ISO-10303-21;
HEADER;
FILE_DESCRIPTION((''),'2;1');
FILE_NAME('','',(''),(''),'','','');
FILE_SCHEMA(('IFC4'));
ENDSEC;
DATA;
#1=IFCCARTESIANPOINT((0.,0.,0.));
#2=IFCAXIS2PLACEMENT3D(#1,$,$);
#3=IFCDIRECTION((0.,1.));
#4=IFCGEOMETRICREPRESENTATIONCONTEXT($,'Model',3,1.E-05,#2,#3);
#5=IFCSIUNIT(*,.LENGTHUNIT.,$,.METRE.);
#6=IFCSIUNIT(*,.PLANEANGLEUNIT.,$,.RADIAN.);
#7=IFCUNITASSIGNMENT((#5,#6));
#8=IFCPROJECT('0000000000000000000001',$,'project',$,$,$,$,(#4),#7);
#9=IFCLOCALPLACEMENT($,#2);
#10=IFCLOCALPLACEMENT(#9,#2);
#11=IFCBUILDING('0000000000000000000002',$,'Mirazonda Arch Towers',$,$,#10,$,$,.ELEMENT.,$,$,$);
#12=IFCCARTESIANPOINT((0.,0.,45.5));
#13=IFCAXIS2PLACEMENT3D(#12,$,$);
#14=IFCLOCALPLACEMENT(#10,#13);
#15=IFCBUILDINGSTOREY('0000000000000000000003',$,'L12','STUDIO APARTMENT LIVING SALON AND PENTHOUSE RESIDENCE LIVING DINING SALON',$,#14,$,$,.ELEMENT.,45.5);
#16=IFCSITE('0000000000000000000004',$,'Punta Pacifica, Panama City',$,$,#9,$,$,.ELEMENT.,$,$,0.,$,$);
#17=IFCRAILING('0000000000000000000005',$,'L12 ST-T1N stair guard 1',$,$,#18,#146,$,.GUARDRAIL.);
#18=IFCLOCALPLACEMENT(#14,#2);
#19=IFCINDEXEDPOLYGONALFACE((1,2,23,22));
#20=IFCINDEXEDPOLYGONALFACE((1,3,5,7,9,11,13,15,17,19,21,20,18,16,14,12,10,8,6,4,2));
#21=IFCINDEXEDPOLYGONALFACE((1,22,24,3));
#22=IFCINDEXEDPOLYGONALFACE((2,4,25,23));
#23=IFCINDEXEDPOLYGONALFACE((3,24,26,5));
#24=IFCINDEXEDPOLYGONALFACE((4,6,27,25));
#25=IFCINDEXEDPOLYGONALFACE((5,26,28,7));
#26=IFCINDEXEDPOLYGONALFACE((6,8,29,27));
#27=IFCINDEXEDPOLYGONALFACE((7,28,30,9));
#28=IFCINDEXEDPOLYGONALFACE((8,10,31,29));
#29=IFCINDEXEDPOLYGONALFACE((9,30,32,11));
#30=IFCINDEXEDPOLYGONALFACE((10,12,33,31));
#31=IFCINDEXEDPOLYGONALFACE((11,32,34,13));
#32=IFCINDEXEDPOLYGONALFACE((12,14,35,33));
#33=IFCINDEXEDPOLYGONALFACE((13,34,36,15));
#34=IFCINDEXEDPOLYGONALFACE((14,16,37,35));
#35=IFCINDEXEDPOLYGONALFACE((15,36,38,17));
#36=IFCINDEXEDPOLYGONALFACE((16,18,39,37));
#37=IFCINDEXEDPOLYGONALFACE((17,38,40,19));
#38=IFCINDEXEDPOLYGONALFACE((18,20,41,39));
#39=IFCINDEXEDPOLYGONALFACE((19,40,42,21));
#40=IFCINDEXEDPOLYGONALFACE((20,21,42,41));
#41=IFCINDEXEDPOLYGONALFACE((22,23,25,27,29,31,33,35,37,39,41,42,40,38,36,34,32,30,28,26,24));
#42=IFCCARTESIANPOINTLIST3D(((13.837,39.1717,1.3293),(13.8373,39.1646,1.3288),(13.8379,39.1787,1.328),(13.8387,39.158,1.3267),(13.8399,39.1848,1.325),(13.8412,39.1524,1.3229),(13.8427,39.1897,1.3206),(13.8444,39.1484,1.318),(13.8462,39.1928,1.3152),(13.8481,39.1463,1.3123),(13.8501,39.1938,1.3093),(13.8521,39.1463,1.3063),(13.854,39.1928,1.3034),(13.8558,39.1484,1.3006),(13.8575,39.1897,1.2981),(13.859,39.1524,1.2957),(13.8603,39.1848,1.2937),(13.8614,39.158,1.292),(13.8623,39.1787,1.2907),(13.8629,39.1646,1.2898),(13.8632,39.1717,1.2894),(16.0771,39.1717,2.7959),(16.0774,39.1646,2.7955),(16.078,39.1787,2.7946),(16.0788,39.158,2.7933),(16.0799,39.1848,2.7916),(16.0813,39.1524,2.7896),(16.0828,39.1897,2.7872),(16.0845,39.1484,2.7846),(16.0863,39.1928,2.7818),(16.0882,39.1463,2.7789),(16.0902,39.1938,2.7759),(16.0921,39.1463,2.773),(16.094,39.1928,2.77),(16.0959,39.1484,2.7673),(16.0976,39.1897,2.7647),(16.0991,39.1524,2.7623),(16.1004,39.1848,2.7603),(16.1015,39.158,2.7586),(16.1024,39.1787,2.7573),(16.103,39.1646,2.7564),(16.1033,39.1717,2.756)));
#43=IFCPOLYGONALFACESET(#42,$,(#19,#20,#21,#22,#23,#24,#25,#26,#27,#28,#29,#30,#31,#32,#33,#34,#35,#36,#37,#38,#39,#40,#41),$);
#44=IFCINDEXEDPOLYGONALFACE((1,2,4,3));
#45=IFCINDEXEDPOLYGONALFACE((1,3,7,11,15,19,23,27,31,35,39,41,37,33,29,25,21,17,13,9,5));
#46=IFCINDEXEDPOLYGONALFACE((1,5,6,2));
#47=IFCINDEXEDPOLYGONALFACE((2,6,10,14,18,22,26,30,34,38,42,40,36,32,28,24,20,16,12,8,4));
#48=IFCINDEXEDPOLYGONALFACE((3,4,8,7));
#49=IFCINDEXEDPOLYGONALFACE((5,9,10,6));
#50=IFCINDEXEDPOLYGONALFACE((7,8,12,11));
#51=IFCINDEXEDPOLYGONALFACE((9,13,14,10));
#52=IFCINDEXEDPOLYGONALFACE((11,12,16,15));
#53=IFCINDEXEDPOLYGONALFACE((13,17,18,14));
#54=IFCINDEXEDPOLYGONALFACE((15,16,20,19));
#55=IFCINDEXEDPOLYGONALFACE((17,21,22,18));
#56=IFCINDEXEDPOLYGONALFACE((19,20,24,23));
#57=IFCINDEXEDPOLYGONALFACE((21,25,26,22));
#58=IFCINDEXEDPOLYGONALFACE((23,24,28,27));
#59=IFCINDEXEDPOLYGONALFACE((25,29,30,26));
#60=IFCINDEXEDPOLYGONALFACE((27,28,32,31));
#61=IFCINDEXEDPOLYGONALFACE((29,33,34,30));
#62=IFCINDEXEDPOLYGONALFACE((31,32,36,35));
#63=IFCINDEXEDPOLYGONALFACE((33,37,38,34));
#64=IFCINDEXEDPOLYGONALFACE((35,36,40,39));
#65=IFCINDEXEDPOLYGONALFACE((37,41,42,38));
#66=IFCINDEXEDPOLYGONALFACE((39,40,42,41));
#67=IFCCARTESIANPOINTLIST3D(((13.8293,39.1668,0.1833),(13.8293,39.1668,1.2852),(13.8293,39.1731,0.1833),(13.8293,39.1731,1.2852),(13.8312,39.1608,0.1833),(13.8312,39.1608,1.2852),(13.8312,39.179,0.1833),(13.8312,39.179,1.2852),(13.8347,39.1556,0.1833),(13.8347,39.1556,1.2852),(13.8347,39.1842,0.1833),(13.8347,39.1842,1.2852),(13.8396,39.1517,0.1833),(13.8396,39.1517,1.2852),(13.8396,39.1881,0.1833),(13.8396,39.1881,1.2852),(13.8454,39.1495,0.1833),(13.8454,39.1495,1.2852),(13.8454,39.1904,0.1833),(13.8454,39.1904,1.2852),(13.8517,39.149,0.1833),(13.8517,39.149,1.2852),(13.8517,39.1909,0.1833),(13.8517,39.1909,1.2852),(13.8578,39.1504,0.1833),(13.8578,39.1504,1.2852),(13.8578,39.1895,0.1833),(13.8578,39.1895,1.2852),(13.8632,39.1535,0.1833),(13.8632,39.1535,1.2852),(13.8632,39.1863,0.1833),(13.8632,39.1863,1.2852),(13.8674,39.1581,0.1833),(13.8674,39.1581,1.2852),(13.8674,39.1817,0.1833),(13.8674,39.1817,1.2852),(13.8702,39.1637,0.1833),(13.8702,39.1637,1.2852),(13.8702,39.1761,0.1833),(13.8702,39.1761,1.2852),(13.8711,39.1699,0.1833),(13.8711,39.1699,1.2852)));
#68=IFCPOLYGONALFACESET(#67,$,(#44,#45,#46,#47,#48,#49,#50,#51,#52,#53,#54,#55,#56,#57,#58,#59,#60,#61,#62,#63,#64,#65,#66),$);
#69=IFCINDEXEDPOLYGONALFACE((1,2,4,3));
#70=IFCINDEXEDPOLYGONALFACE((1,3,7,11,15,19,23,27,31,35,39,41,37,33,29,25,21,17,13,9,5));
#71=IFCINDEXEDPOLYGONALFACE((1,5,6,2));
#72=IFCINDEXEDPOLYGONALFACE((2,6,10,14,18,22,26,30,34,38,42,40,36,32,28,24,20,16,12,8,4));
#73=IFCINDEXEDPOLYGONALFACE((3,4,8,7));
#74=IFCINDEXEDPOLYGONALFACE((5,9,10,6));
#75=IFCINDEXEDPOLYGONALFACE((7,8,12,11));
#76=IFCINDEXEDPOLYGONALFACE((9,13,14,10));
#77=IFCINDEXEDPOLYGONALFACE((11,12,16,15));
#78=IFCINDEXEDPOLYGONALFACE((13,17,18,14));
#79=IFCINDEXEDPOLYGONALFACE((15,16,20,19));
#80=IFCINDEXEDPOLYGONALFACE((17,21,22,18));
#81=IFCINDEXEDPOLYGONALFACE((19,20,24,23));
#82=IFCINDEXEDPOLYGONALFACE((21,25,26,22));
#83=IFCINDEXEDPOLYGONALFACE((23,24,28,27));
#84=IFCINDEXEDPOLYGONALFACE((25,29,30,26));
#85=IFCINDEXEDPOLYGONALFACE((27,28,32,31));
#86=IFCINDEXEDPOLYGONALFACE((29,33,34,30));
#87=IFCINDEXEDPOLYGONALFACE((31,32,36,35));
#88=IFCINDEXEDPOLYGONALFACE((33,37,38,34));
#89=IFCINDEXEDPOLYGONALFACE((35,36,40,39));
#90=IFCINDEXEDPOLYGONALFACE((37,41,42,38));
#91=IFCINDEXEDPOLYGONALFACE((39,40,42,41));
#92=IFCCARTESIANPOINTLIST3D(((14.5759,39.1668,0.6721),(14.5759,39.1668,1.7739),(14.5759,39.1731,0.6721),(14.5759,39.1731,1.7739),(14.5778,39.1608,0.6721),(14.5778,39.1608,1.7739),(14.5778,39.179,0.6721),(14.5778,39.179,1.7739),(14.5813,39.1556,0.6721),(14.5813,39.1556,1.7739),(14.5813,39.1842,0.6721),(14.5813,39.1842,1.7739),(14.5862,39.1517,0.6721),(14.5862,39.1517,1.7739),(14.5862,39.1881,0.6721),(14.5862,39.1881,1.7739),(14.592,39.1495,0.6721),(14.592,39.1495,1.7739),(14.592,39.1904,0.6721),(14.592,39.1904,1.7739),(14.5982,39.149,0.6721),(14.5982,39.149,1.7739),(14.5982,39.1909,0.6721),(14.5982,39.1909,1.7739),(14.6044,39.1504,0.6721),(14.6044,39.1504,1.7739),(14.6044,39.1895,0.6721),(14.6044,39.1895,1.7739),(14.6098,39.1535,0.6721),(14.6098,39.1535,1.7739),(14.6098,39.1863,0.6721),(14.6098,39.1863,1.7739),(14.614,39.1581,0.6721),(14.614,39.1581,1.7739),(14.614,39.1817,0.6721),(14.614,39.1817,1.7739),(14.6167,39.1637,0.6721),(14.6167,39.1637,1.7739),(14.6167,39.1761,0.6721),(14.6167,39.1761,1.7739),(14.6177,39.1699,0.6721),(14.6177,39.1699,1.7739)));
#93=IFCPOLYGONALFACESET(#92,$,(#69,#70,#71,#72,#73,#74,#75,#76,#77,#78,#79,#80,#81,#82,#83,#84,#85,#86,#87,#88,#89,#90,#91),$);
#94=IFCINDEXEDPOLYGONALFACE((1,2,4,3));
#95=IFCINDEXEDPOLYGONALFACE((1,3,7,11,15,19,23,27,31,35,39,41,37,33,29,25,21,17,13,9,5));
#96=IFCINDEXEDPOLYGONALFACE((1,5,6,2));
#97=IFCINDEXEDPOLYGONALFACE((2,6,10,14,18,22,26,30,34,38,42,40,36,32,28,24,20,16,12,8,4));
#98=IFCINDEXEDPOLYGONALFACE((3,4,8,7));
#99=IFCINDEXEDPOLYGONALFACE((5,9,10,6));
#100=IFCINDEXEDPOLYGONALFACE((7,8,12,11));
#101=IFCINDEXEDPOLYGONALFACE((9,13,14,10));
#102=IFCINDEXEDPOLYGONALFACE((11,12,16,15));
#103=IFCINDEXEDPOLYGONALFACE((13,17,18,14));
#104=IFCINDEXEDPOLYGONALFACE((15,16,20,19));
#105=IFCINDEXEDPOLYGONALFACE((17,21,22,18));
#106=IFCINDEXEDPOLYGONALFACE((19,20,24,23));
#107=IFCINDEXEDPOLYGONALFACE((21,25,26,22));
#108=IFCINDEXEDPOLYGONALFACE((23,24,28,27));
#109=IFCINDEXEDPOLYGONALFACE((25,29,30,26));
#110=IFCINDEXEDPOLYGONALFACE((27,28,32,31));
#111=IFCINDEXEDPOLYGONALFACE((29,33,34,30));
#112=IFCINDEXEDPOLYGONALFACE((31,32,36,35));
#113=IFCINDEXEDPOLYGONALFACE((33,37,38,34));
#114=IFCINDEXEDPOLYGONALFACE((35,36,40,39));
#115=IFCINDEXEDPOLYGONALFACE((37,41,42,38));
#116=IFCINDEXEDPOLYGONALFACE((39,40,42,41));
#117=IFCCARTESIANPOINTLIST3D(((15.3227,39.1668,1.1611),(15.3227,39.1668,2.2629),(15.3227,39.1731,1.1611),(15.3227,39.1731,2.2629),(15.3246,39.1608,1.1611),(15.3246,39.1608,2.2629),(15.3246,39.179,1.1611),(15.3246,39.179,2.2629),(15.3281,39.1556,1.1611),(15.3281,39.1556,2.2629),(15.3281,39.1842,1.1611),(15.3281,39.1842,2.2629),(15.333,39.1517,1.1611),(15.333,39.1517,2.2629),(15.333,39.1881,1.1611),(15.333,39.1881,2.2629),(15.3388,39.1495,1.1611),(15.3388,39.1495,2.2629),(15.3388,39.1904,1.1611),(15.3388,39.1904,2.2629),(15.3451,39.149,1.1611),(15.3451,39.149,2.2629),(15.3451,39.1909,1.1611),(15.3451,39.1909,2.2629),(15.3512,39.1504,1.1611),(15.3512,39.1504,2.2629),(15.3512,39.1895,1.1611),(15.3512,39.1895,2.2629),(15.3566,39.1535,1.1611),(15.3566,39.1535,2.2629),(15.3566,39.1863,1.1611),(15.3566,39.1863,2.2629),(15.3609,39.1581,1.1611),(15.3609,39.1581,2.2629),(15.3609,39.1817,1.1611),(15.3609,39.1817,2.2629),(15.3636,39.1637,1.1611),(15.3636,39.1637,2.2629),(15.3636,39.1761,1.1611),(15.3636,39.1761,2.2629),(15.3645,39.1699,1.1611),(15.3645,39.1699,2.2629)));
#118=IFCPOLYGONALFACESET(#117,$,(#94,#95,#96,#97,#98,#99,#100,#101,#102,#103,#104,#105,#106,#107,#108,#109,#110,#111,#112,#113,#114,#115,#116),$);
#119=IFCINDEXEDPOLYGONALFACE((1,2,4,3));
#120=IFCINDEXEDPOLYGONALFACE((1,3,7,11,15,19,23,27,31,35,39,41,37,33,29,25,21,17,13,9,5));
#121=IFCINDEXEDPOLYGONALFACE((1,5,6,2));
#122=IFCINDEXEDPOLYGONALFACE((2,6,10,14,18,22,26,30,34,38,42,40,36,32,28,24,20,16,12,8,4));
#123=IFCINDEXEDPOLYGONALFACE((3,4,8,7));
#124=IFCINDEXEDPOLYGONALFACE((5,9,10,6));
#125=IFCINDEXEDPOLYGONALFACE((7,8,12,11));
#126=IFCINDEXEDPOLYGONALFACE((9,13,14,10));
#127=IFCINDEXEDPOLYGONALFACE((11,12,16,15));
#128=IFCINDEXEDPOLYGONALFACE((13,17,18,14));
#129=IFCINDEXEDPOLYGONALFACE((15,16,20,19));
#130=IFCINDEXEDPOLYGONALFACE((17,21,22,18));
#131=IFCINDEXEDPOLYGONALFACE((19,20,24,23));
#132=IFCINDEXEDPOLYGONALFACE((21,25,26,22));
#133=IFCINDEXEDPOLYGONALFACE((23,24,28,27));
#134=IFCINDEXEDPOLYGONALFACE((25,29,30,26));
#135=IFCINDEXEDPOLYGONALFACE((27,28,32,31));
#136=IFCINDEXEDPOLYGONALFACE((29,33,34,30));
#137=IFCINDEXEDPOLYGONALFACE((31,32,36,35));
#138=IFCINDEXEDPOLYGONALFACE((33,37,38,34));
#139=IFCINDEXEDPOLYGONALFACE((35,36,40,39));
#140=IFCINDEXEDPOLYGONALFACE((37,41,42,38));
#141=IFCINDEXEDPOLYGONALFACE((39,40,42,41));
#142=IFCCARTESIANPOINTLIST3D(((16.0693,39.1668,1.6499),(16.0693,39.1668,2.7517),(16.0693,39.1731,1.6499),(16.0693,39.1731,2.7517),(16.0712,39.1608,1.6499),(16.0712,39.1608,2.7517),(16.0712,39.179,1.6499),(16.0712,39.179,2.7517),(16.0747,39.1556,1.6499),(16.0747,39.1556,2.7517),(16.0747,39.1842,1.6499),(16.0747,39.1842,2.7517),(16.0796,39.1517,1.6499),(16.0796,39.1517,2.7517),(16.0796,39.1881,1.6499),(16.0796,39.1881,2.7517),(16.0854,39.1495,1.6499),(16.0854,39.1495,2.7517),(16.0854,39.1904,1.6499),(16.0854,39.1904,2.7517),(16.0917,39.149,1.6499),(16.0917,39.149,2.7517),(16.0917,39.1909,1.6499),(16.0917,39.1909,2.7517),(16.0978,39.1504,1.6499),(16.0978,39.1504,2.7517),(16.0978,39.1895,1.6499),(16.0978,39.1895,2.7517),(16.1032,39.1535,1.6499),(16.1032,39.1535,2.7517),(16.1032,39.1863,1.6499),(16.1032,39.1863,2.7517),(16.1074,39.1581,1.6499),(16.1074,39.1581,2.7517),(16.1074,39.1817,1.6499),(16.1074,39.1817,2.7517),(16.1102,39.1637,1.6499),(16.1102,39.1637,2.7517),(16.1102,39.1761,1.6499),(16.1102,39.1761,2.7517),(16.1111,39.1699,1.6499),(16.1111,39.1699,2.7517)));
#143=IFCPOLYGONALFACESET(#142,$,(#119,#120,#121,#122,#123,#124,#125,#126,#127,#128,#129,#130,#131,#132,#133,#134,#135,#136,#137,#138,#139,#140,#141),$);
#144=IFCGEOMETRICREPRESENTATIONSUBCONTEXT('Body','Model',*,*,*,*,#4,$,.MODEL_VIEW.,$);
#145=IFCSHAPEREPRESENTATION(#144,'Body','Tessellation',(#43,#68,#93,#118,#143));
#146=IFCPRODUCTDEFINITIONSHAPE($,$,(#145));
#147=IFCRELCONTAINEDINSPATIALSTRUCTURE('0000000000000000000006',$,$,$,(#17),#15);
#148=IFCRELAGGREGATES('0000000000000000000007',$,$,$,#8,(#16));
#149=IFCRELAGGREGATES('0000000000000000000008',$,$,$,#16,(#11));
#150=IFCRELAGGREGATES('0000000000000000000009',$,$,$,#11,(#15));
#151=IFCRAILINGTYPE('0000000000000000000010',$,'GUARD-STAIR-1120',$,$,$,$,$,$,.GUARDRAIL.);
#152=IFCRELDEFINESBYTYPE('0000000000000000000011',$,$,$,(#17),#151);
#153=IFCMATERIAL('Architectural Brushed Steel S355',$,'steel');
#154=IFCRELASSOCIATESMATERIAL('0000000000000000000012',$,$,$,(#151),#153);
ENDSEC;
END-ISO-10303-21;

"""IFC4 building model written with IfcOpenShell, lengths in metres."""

from ifc_helpers import new_model, si_unit, direction, frame, origin, origin_2d, place, context, subcontext, project, spatial, circle, extrude, material, type_object, element, save


model = new_model("IFC4")

# Units and contexts
model_context = context("Model", 3, precision=1e-05, world=origin(), true_north=direction((0.0, 1.0)))
body_context = subcontext(model_context, "Body", "Model", "MODEL_VIEW")
ifc_project = project(units=[si_unit("LENGTHUNIT", "METRE"), si_unit("PLANEANGLEUNIT", "RADIAN")], contexts=[model_context])

# Site, building, storey
site_placement = place(None, origin())
site = spatial("IfcSite", under=ifc_project, at=site_placement, Name="Punta Pacifica, Panama City", CompositionType="ELEMENT", RefElevation=0.0)
building_placement = place(site_placement, origin())
building = spatial("IfcBuilding", under=site, at=building_placement, Name="Mirazonda Arch Towers", CompositionType="ELEMENT")
storey_placement = place(building_placement, frame((0.0, 0.0, 45.5)))
storey = spatial("IfcBuildingStorey", under=building, at=storey_placement, Name="L12", Description="STUDIO APARTMENT LIVING SALON AND PENTHOUSE RESIDENCE LIVING DINING SALON", CompositionType="ELEMENT", Elevation=45.5)

# Shared definitions
ifc_material_1 = material(Name="Architectural Brushed Steel S355", Category="steel")

# Railing
railing_type_1 = type_object("IfcRailingType", Name="GUARD-STAIR-1120", PredefinedType="GUARDRAIL", material=ifc_material_1)
railing_1_placement = place(storey_placement, frame((13.8501, 39.1699, 0.1833)))
element("IfcRailing", 1, at=railing_1_placement, inside=storey, type_object=railing_type_1, Name="L12 ST-T1N stair guard 1", PredefinedType="GUARDRAIL", context=body_context, shape_type="SweptSolid", body=[
    extrude(circle(Radius=0.0239, at=origin_2d()), frame((0.0, 0.0, 1.126), z_axis=(0.836637, 0.0, 0.547758), x_axis=(0.0, 1.0, 0.0)), (0.0, 0.0, 1.0), 2.6775),
    extrude(circle(Radius=0.021, at=origin_2d()), origin(), (0.0, 0.0, 1.0), 1.1018),
    extrude(circle(Radius=0.021, at=origin_2d()), frame((0.7466, 0.0, 0.4888)), (0.0, 0.0, 1.0), 1.1018),
    extrude(circle(Radius=0.021, at=origin_2d()), frame((1.4934, 0.0, 0.9778)), (0.0, 0.0, 1.0), 1.1018),
    extrude(circle(Radius=0.021, at=origin_2d()), frame((2.24, 0.0, 1.4666)), (0.0, 0.0, 1.0), 1.1018),
])

save(model, "model.ifc")
